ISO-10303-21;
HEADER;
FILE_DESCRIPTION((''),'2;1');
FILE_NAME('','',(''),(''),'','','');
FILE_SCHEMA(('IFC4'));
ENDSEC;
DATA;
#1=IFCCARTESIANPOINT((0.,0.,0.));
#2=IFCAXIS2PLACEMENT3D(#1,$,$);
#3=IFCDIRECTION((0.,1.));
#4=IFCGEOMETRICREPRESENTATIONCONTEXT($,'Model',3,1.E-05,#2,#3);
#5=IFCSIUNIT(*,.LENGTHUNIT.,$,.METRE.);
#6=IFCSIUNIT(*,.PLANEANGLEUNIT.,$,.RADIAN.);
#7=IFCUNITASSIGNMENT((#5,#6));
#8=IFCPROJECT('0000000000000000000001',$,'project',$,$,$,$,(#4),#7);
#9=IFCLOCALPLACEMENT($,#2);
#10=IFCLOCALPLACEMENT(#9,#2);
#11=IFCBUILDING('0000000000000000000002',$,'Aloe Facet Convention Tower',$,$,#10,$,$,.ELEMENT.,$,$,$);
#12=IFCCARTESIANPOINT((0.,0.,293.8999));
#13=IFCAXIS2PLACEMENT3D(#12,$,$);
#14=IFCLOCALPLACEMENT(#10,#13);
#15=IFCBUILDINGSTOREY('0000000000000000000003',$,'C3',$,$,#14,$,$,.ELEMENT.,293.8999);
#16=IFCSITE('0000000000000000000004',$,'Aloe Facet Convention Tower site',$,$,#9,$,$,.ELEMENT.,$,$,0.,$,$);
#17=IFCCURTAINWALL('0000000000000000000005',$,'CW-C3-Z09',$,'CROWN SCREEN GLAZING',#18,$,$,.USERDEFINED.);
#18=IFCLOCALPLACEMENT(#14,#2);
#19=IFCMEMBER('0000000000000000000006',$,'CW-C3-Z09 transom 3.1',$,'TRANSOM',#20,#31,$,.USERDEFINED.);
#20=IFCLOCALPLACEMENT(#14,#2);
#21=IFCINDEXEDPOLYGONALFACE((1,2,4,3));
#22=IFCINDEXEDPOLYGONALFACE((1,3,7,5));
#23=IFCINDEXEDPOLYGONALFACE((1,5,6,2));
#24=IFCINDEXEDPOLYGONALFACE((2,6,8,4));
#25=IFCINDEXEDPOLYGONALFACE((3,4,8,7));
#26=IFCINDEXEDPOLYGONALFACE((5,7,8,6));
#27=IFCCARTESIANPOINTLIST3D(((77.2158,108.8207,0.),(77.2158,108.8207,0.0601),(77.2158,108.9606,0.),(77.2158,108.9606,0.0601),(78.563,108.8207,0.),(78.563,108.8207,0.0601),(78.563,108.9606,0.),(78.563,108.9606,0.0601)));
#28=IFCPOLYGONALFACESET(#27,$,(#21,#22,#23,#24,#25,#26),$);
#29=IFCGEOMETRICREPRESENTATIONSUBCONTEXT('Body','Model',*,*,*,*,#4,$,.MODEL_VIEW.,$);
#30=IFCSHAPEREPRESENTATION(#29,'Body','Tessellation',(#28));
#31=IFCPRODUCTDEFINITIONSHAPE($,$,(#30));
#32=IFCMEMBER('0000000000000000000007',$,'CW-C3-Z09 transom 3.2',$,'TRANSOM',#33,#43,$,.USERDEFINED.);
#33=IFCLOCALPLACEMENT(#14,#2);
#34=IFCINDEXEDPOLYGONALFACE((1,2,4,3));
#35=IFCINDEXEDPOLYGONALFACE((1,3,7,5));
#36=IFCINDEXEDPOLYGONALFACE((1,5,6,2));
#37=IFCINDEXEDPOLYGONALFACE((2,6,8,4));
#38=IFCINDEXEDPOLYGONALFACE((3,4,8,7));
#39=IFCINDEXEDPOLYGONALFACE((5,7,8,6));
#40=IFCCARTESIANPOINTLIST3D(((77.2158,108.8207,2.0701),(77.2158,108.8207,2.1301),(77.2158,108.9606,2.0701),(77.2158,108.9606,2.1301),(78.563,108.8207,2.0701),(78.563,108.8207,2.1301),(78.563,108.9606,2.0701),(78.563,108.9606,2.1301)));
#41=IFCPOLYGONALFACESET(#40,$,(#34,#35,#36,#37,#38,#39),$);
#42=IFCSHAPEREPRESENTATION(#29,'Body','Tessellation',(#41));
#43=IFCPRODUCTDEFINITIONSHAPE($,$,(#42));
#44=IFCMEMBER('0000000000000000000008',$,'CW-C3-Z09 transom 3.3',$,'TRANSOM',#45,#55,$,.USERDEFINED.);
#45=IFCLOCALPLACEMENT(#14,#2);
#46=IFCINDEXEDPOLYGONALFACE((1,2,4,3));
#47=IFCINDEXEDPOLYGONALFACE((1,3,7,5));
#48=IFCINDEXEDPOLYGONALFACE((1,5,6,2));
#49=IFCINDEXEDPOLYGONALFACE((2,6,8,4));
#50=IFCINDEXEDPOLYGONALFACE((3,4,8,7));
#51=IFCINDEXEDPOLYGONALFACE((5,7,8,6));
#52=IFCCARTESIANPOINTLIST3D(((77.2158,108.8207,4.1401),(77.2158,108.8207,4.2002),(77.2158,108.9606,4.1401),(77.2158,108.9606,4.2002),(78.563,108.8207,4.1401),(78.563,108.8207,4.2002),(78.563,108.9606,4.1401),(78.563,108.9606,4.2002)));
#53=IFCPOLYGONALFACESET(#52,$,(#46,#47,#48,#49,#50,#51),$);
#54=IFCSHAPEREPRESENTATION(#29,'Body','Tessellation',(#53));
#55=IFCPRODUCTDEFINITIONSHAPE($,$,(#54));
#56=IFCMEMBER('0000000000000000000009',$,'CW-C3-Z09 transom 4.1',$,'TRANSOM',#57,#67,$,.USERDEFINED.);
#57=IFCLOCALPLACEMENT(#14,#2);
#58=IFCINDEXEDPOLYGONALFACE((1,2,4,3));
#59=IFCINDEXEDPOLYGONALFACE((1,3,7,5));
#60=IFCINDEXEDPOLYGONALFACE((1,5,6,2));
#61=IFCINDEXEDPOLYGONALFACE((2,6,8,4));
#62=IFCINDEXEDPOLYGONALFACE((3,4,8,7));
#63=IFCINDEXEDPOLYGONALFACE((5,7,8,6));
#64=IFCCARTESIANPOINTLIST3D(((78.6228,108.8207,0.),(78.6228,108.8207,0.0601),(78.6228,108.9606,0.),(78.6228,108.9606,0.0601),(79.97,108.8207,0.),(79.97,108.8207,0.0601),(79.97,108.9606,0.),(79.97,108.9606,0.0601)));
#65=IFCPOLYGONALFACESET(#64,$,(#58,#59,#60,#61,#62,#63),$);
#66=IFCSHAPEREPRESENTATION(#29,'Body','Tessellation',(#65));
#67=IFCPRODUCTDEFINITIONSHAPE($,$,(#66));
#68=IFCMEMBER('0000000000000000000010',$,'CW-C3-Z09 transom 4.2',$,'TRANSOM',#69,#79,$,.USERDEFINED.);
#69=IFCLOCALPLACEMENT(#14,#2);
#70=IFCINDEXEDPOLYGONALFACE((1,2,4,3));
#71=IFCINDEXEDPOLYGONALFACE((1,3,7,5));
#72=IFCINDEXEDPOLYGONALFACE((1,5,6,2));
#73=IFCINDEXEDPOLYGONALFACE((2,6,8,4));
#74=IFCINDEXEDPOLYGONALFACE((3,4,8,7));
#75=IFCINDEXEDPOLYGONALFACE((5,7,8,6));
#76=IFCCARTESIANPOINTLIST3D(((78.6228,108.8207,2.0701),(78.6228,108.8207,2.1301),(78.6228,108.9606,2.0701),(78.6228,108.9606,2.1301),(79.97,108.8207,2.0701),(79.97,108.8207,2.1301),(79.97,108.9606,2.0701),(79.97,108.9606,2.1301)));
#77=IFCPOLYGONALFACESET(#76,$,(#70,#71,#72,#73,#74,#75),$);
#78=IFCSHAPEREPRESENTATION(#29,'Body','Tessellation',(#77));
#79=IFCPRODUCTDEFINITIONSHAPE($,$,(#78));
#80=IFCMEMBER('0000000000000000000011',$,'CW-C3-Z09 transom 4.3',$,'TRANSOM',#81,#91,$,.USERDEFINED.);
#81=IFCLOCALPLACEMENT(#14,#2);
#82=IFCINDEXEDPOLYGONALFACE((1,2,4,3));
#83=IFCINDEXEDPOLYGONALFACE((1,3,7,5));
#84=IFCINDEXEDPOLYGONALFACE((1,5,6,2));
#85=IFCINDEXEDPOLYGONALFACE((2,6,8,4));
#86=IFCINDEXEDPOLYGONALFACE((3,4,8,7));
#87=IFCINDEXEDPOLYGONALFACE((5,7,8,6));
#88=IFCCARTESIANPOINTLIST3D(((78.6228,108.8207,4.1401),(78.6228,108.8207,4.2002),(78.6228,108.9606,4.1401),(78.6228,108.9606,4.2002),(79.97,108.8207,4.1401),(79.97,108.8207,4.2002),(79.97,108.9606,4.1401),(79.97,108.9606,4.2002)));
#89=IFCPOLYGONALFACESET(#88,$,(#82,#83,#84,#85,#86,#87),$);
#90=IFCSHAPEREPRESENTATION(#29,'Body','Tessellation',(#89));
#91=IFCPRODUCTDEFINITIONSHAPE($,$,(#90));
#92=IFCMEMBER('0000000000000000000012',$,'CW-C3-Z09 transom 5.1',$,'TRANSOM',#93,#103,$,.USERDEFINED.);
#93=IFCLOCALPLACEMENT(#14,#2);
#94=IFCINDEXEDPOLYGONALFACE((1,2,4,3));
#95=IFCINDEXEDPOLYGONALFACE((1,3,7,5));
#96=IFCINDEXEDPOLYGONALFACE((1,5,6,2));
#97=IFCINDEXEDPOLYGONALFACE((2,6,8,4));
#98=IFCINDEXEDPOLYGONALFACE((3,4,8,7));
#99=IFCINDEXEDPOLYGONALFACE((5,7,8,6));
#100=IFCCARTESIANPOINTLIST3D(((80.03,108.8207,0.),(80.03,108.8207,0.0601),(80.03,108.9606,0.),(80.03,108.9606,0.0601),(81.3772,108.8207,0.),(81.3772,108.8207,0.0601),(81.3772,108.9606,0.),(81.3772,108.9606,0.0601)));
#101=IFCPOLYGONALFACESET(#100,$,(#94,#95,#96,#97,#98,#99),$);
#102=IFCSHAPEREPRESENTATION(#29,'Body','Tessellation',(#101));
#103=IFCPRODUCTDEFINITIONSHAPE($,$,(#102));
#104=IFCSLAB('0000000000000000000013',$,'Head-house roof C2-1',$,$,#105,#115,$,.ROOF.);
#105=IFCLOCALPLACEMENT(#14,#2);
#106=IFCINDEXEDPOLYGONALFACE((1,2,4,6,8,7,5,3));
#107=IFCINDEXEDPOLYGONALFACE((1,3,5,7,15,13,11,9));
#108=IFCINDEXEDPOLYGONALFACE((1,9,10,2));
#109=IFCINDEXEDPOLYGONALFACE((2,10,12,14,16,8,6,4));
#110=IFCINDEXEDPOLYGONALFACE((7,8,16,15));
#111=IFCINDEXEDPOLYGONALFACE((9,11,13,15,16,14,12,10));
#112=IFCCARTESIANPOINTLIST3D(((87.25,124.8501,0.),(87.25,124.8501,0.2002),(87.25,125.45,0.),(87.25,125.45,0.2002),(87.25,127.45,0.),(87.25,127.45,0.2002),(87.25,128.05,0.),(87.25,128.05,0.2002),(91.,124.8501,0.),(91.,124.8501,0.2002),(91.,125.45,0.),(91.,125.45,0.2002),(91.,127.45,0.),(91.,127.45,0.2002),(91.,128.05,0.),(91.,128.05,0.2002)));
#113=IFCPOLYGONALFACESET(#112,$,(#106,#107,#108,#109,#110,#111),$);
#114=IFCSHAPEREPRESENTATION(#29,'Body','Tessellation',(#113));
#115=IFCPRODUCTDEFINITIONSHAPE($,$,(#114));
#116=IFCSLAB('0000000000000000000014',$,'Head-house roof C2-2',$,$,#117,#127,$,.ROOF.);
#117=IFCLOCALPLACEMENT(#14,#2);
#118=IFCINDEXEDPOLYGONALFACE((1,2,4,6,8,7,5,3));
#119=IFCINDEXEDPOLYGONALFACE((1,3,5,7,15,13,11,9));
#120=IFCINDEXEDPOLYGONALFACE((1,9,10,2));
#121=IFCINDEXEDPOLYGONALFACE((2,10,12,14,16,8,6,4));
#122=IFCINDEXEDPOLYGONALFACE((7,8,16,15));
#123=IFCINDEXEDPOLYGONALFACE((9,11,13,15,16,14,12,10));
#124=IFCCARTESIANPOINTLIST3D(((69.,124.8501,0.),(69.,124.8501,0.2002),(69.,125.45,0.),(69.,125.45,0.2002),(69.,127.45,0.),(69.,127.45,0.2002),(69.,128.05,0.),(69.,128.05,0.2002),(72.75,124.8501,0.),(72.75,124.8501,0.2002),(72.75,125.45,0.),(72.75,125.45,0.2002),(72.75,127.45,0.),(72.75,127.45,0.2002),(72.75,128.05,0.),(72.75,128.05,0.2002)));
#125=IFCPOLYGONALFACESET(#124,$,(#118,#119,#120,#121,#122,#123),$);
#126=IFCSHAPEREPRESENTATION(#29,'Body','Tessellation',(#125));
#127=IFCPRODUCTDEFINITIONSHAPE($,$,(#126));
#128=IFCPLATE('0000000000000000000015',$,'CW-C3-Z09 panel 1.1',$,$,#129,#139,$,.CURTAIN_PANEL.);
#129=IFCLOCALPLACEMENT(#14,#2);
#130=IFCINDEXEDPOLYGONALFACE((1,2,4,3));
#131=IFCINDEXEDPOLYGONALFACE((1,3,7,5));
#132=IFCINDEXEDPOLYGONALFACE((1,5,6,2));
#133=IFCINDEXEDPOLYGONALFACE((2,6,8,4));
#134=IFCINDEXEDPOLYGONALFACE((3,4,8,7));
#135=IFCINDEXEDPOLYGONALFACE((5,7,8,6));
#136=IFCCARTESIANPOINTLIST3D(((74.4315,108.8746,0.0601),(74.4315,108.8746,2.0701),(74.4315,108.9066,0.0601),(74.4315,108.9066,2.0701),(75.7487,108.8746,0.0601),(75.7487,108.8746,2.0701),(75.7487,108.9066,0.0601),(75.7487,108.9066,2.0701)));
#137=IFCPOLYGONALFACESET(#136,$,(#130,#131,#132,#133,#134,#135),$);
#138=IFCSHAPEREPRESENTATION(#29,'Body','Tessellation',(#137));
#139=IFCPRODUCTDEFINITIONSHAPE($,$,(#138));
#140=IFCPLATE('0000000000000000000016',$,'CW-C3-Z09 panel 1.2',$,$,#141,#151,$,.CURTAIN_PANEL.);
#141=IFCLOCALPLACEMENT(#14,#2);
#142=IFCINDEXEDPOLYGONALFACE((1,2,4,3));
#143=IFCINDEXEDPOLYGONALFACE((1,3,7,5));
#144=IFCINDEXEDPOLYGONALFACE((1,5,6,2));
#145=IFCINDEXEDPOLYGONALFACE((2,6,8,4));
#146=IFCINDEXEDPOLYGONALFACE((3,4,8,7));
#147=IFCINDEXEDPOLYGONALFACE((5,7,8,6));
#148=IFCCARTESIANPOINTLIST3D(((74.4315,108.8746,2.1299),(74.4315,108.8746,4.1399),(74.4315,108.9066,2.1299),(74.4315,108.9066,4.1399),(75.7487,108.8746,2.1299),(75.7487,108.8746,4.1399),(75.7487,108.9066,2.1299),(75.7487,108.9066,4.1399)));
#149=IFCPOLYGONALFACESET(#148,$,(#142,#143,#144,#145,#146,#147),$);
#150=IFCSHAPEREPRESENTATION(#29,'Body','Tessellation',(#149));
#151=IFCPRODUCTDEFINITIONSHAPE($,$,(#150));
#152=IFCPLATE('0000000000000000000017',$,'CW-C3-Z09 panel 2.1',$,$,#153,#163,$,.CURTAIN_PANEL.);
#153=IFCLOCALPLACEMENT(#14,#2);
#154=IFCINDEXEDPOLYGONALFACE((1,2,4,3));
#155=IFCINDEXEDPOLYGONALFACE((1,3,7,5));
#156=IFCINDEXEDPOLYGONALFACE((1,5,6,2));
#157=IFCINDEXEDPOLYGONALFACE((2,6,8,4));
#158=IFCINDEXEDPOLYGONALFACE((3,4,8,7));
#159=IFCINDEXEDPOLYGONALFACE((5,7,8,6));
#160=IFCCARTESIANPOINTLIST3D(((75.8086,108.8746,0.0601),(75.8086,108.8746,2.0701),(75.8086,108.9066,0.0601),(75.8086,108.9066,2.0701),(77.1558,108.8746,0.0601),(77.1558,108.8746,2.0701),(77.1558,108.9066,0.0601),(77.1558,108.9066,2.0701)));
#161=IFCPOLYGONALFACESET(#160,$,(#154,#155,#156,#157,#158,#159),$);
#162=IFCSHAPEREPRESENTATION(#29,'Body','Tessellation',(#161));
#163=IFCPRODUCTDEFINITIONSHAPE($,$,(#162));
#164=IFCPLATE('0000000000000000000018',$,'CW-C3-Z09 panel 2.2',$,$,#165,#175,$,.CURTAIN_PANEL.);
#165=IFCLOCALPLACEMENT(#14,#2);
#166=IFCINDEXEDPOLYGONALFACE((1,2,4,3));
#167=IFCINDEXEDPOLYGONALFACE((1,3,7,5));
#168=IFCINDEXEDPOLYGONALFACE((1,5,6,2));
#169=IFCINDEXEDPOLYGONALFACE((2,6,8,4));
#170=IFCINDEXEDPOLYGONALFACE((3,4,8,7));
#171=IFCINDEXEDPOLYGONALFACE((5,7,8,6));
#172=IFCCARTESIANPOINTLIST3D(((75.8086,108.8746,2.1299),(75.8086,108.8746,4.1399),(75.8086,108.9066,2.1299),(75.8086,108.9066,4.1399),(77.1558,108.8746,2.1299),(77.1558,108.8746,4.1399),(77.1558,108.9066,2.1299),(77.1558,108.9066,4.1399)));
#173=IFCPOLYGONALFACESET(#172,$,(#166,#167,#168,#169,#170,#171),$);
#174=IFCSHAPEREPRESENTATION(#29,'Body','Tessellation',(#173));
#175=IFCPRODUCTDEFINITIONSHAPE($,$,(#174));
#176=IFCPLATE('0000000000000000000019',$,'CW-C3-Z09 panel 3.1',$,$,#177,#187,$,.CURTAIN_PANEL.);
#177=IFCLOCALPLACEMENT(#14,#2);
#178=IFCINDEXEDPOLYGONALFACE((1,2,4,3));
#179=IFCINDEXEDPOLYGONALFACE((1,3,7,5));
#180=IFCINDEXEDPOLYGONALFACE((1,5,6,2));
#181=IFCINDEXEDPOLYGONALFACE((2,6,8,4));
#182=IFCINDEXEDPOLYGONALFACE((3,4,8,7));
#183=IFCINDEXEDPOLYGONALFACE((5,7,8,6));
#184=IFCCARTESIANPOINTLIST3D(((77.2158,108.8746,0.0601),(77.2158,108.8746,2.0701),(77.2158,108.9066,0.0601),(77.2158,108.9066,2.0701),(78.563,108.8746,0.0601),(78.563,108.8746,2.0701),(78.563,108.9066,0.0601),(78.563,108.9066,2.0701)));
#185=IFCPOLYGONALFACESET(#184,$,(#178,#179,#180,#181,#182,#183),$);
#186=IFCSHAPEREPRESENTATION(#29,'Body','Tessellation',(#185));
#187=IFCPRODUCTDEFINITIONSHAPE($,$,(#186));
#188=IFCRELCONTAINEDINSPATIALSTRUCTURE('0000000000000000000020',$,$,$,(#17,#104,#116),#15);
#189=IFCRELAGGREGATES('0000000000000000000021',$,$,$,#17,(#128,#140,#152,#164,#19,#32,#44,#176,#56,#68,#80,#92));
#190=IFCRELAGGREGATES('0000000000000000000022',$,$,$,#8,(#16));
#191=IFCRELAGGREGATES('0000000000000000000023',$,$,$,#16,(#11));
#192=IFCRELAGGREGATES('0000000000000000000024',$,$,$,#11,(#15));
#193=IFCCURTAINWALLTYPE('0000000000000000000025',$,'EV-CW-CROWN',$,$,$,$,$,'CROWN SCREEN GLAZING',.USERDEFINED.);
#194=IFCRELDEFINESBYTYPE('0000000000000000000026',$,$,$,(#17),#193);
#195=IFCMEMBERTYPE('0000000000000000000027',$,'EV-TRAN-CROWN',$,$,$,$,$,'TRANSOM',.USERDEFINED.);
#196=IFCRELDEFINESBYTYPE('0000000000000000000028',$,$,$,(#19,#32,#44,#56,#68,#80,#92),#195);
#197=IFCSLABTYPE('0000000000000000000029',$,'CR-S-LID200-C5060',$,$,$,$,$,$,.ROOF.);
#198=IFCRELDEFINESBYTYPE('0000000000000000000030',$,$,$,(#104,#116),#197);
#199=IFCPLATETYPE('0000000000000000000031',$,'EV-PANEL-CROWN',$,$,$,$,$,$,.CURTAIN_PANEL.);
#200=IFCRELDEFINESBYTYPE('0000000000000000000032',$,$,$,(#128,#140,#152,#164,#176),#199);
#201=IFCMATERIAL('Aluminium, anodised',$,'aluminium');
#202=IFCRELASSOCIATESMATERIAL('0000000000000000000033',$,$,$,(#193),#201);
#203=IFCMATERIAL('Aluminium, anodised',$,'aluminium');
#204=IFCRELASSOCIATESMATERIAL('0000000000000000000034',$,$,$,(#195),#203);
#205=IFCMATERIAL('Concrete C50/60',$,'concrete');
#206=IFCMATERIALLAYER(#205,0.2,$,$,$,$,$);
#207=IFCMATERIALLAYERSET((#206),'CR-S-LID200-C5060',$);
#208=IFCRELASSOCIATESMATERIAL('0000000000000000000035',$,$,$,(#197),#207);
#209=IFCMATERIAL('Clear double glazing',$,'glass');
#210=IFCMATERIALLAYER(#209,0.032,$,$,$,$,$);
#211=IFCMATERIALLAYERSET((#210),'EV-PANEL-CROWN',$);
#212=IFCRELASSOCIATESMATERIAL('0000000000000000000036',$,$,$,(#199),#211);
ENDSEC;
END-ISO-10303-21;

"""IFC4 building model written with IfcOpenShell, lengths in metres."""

from ifc_helpers import new_model, si_unit, direction, frame, origin, origin_2d, place, context, subcontext, project, spatial, polyline, rectangle, outline, extrude, material, layer, layer_set, material_profile, profile_set, type_object, element, aggregate, save


model = new_model("IFC4")

# Units and contexts
model_context = context("Model", 3, precision=1e-05, world=origin(), true_north=direction((0.0, 1.0)))
body_context = subcontext(model_context, "Body", "Model", "MODEL_VIEW")
ifc_project = project(units=[si_unit("LENGTHUNIT", "METRE"), si_unit("PLANEANGLEUNIT", "RADIAN")], contexts=[model_context])

# Site, building, storey
site_placement = place(None, origin())
site = spatial("IfcSite", under=ifc_project, at=site_placement, Name="Aloe Facet Convention Tower site", CompositionType="ELEMENT", RefElevation=0.0)
building_placement = place(site_placement, origin())
building = spatial("IfcBuilding", under=site, at=building_placement, Name="Aloe Facet Convention Tower", CompositionType="ELEMENT")
storey_placement = place(building_placement, frame((0.0, 0.0, 293.8999)))
storey = spatial("IfcBuildingStorey", under=building, at=storey_placement, Name="C3", CompositionType="ELEMENT", Elevation=293.8999)

# Curtain wall, members
ifc_material_1 = material(Name="Aluminium, anodised", Category="aluminium")
curtain_wall_type = type_object("IfcCurtainWallType", Name="EV-CW-CROWN", ElementType="CROWN SCREEN GLAZING", PredefinedType="USERDEFINED", material=ifc_material_1)
curtain_wall_placement = place(storey_placement, origin())
curtain_wall = element("IfcCurtainWall", 1, at=curtain_wall_placement, inside=storey, type_object=curtain_wall_type, Name="CW-C3-Z09", ObjectType="CROWN SCREEN GLAZING", PredefinedType="USERDEFINED")
ifc_material_2 = material(Name="Aluminium, anodised", Category="aluminium")
ifc_material_profile_1 = material_profile(ifc_material_2, rectangle(XDim=0.1399, YDim=0.0601, at=origin_2d()), Name="AL 140x60")
ifc_profile_set_1 = profile_set([ifc_material_profile_1], Name="Aluminium, anodised")
member_type_1 = type_object("IfcMemberType", Name="EV-TRAN-CROWN", ElementType="TRANSOM", PredefinedType="USERDEFINED", material=ifc_profile_set_1)
member_1_placement = place(storey_placement, frame((77.2158, 108.8906, 0.03), z_axis=(1.0, 0.0, 0.0), x_axis=(0.0, 1.0, 0.0)))
member_1 = element("IfcMember", 2, at=member_1_placement, type_object=member_type_1, Name="CW-C3-Z09 transom 3.1", ObjectType="TRANSOM", PredefinedType="USERDEFINED", context=body_context, shape_type="SweptSolid", body=[
    extrude(rectangle(XDim=0.1399, YDim=0.0601, at=origin_2d()), origin(), (0.0, 0.0, 1.0), 1.3472),
])
member_2_placement = place(storey_placement, frame((77.2158, 108.8906, 2.1001), z_axis=(1.0, 0.0, 0.0), x_axis=(0.0, 1.0, 0.0)))
member_2 = element("IfcMember", 3, at=member_2_placement, type_object=member_type_1, Name="CW-C3-Z09 transom 3.2", ObjectType="TRANSOM", PredefinedType="USERDEFINED", context=body_context, shape_type="SweptSolid", body=[
    extrude(rectangle(XDim=0.1399, YDim=0.0601, at=origin_2d()), origin(), (0.0, 0.0, 1.0), 1.3472),
])
member_3_placement = place(storey_placement, frame((77.2158, 108.8906, 4.1702), z_axis=(1.0, 0.0, 0.0), x_axis=(0.0, 1.0, 0.0)))
member_3 = element("IfcMember", 4, at=member_3_placement, type_object=member_type_1, Name="CW-C3-Z09 transom 3.3", ObjectType="TRANSOM", PredefinedType="USERDEFINED", context=body_context, shape_type="SweptSolid", body=[
    extrude(rectangle(XDim=0.1399, YDim=0.0601, at=origin_2d()), origin(), (0.0, 0.0, 1.0), 1.3472),
])
member_4_placement = place(storey_placement, frame((78.6228, 108.8906, 0.03), z_axis=(1.0, 0.0, 0.0), x_axis=(0.0, 1.0, 0.0)))
member_4 = element("IfcMember", 5, at=member_4_placement, type_object=member_type_1, Name="CW-C3-Z09 transom 4.1", ObjectType="TRANSOM", PredefinedType="USERDEFINED", context=body_context, shape_type="SweptSolid", body=[
    extrude(rectangle(XDim=0.1399, YDim=0.0601, at=origin_2d()), origin(), (0.0, 0.0, 1.0), 1.3472),
])
member_5_placement = place(storey_placement, frame((78.6228, 108.8906, 2.1001), z_axis=(1.0, 0.0, 0.0), x_axis=(0.0, 1.0, 0.0)))
member_5 = element("IfcMember", 6, at=member_5_placement, type_object=member_type_1, Name="CW-C3-Z09 transom 4.2", ObjectType="TRANSOM", PredefinedType="USERDEFINED", context=body_context, shape_type="SweptSolid", body=[
    extrude(rectangle(XDim=0.1399, YDim=0.0601, at=origin_2d()), origin(), (0.0, 0.0, 1.0), 1.3472),
])
member_6_placement = place(storey_placement, frame((78.6228, 108.8906, 4.1702), z_axis=(1.0, 0.0, 0.0), x_axis=(0.0, 1.0, 0.0)))
member_6 = element("IfcMember", 7, at=member_6_placement, type_object=member_type_1, Name="CW-C3-Z09 transom 4.3", ObjectType="TRANSOM", PredefinedType="USERDEFINED", context=body_context, shape_type="SweptSolid", body=[
    extrude(rectangle(XDim=0.1399, YDim=0.0601, at=origin_2d()), origin(), (0.0, 0.0, 1.0), 1.3472),
])
member_7_placement = place(storey_placement, frame((80.03, 108.8906, 0.03), z_axis=(1.0, 0.0, 0.0), x_axis=(0.0, 1.0, 0.0)))
member_7 = element("IfcMember", 8, at=member_7_placement, type_object=member_type_1, Name="CW-C3-Z09 transom 5.1", ObjectType="TRANSOM", PredefinedType="USERDEFINED", context=body_context, shape_type="SweptSolid", body=[
    extrude(rectangle(XDim=0.1399, YDim=0.0601, at=origin_2d()), origin(), (0.0, 0.0, 1.0), 1.3472),
])

# Slabs
ifc_material_3 = material(Name="Concrete C50/60", Category="concrete")
ifc_layer_1 = layer(ifc_material_3, 0.2)
ifc_layer_set_1 = layer_set([ifc_layer_1], Name="CR-S-LID200-C5060")
slab_type = type_object("IfcSlabType", Name="CR-S-LID200-C5060", PredefinedType="ROOF", material=ifc_layer_set_1)
slab_1_placement = place(storey_placement, origin())
element("IfcSlab", 9, at=slab_1_placement, inside=storey, type_object=slab_type, Name="Head-house roof C2-1", PredefinedType="ROOF", context=body_context, shape_type="SweptSolid", body=[
    extrude(outline(polyline([(87.25, 124.8501), (87.25, 125.45), (87.25, 127.45), (87.25, 128.05), (91.0, 128.05), (91.0, 127.45), (91.0, 125.45), (91.0, 124.8501), (87.25, 124.8501)])), origin(), (0.0, 0.0, 1.0), 0.2002),
])
slab_2_placement = place(storey_placement, origin())
element("IfcSlab", 10, at=slab_2_placement, inside=storey, type_object=slab_type, Name="Head-house roof C2-2", PredefinedType="ROOF", context=body_context, shape_type="SweptSolid", body=[
    extrude(outline(polyline([(69.0, 124.8501), (69.0, 125.45), (69.0, 127.45), (69.0, 128.05), (72.75, 128.05), (72.75, 127.45), (72.75, 125.45), (72.75, 124.8501), (69.0, 124.8501)])), origin(), (0.0, 0.0, 1.0), 0.2002),
])

# Plates
ifc_material_4 = material(Name="Clear double glazing", Category="glass")
ifc_layer_2 = layer(ifc_material_4, 0.032)
ifc_layer_set_2 = layer_set([ifc_layer_2], Name="EV-PANEL-CROWN")
plate_type_1 = type_object("IfcPlateType", Name="EV-PANEL-CROWN", PredefinedType="CURTAIN_PANEL", material=ifc_layer_set_2)
plate_1_placement = place(storey_placement, frame((75.0901, 108.8906, 0.0601), z_axis=(0.0, 0.0, 1.0), x_axis=(1.0, 0.0, 0.0)))
plate_1 = element("IfcPlate", 11, at=plate_1_placement, type_object=plate_type_1, Name="CW-C3-Z09 panel 1.1", PredefinedType="CURTAIN_PANEL", context=body_context, shape_type="SweptSolid", body=[
    extrude(rectangle(XDim=1.3171, YDim=0.032, at=origin_2d()), origin(), (0.0, 0.0, 1.0), 2.01),
])
plate_2_placement = place(storey_placement, frame((75.0901, 108.8906, 2.1299), z_axis=(0.0, 0.0, 1.0), x_axis=(1.0, 0.0, 0.0)))
plate_2 = element("IfcPlate", 12, at=plate_2_placement, type_object=plate_type_1, Name="CW-C3-Z09 panel 1.2", PredefinedType="CURTAIN_PANEL", context=body_context, shape_type="SweptSolid", body=[
    extrude(rectangle(XDim=1.3171, YDim=0.032, at=origin_2d()), origin(), (0.0, 0.0, 1.0), 2.01),
])
plate_3_placement = place(storey_placement, frame((76.4822, 108.8906, 0.0601), z_axis=(0.0, 0.0, 1.0), x_axis=(1.0, 0.0, 0.0)))
plate_3 = element("IfcPlate", 13, at=plate_3_placement, type_object=plate_type_1, Name="CW-C3-Z09 panel 2.1", PredefinedType="CURTAIN_PANEL", context=body_context, shape_type="SweptSolid", body=[
    extrude(rectangle(XDim=1.3472, YDim=0.032, at=origin_2d()), origin(), (0.0, 0.0, 1.0), 2.01),
])
plate_4_placement = place(storey_placement, frame((76.4822, 108.8906, 2.1299), z_axis=(0.0, 0.0, 1.0), x_axis=(1.0, 0.0, 0.0)))
plate_4 = element("IfcPlate", 14, at=plate_4_placement, type_object=plate_type_1, Name="CW-C3-Z09 panel 2.2", PredefinedType="CURTAIN_PANEL", context=body_context, shape_type="SweptSolid", body=[
    extrude(rectangle(XDim=1.3472, YDim=0.032, at=origin_2d()), origin(), (0.0, 0.0, 1.0), 2.01),
])
plate_5_placement = place(storey_placement, frame((77.8894, 108.8906, 0.0601), z_axis=(0.0, 0.0, 1.0), x_axis=(1.0, 0.0, 0.0)))
plate_5 = element("IfcPlate", 15, at=plate_5_placement, type_object=plate_type_1, Name="CW-C3-Z09 panel 3.1", PredefinedType="CURTAIN_PANEL", context=body_context, shape_type="SweptSolid", body=[
    extrude(rectangle(XDim=1.3472, YDim=0.032, at=origin_2d()), origin(), (0.0, 0.0, 1.0), 2.01),
])
aggregate(curtain_wall, [plate_1, plate_2, plate_3, plate_4, member_1, member_2, member_3, plate_5, member_4, member_5, member_6, member_7])

save(model, "model.ifc")
